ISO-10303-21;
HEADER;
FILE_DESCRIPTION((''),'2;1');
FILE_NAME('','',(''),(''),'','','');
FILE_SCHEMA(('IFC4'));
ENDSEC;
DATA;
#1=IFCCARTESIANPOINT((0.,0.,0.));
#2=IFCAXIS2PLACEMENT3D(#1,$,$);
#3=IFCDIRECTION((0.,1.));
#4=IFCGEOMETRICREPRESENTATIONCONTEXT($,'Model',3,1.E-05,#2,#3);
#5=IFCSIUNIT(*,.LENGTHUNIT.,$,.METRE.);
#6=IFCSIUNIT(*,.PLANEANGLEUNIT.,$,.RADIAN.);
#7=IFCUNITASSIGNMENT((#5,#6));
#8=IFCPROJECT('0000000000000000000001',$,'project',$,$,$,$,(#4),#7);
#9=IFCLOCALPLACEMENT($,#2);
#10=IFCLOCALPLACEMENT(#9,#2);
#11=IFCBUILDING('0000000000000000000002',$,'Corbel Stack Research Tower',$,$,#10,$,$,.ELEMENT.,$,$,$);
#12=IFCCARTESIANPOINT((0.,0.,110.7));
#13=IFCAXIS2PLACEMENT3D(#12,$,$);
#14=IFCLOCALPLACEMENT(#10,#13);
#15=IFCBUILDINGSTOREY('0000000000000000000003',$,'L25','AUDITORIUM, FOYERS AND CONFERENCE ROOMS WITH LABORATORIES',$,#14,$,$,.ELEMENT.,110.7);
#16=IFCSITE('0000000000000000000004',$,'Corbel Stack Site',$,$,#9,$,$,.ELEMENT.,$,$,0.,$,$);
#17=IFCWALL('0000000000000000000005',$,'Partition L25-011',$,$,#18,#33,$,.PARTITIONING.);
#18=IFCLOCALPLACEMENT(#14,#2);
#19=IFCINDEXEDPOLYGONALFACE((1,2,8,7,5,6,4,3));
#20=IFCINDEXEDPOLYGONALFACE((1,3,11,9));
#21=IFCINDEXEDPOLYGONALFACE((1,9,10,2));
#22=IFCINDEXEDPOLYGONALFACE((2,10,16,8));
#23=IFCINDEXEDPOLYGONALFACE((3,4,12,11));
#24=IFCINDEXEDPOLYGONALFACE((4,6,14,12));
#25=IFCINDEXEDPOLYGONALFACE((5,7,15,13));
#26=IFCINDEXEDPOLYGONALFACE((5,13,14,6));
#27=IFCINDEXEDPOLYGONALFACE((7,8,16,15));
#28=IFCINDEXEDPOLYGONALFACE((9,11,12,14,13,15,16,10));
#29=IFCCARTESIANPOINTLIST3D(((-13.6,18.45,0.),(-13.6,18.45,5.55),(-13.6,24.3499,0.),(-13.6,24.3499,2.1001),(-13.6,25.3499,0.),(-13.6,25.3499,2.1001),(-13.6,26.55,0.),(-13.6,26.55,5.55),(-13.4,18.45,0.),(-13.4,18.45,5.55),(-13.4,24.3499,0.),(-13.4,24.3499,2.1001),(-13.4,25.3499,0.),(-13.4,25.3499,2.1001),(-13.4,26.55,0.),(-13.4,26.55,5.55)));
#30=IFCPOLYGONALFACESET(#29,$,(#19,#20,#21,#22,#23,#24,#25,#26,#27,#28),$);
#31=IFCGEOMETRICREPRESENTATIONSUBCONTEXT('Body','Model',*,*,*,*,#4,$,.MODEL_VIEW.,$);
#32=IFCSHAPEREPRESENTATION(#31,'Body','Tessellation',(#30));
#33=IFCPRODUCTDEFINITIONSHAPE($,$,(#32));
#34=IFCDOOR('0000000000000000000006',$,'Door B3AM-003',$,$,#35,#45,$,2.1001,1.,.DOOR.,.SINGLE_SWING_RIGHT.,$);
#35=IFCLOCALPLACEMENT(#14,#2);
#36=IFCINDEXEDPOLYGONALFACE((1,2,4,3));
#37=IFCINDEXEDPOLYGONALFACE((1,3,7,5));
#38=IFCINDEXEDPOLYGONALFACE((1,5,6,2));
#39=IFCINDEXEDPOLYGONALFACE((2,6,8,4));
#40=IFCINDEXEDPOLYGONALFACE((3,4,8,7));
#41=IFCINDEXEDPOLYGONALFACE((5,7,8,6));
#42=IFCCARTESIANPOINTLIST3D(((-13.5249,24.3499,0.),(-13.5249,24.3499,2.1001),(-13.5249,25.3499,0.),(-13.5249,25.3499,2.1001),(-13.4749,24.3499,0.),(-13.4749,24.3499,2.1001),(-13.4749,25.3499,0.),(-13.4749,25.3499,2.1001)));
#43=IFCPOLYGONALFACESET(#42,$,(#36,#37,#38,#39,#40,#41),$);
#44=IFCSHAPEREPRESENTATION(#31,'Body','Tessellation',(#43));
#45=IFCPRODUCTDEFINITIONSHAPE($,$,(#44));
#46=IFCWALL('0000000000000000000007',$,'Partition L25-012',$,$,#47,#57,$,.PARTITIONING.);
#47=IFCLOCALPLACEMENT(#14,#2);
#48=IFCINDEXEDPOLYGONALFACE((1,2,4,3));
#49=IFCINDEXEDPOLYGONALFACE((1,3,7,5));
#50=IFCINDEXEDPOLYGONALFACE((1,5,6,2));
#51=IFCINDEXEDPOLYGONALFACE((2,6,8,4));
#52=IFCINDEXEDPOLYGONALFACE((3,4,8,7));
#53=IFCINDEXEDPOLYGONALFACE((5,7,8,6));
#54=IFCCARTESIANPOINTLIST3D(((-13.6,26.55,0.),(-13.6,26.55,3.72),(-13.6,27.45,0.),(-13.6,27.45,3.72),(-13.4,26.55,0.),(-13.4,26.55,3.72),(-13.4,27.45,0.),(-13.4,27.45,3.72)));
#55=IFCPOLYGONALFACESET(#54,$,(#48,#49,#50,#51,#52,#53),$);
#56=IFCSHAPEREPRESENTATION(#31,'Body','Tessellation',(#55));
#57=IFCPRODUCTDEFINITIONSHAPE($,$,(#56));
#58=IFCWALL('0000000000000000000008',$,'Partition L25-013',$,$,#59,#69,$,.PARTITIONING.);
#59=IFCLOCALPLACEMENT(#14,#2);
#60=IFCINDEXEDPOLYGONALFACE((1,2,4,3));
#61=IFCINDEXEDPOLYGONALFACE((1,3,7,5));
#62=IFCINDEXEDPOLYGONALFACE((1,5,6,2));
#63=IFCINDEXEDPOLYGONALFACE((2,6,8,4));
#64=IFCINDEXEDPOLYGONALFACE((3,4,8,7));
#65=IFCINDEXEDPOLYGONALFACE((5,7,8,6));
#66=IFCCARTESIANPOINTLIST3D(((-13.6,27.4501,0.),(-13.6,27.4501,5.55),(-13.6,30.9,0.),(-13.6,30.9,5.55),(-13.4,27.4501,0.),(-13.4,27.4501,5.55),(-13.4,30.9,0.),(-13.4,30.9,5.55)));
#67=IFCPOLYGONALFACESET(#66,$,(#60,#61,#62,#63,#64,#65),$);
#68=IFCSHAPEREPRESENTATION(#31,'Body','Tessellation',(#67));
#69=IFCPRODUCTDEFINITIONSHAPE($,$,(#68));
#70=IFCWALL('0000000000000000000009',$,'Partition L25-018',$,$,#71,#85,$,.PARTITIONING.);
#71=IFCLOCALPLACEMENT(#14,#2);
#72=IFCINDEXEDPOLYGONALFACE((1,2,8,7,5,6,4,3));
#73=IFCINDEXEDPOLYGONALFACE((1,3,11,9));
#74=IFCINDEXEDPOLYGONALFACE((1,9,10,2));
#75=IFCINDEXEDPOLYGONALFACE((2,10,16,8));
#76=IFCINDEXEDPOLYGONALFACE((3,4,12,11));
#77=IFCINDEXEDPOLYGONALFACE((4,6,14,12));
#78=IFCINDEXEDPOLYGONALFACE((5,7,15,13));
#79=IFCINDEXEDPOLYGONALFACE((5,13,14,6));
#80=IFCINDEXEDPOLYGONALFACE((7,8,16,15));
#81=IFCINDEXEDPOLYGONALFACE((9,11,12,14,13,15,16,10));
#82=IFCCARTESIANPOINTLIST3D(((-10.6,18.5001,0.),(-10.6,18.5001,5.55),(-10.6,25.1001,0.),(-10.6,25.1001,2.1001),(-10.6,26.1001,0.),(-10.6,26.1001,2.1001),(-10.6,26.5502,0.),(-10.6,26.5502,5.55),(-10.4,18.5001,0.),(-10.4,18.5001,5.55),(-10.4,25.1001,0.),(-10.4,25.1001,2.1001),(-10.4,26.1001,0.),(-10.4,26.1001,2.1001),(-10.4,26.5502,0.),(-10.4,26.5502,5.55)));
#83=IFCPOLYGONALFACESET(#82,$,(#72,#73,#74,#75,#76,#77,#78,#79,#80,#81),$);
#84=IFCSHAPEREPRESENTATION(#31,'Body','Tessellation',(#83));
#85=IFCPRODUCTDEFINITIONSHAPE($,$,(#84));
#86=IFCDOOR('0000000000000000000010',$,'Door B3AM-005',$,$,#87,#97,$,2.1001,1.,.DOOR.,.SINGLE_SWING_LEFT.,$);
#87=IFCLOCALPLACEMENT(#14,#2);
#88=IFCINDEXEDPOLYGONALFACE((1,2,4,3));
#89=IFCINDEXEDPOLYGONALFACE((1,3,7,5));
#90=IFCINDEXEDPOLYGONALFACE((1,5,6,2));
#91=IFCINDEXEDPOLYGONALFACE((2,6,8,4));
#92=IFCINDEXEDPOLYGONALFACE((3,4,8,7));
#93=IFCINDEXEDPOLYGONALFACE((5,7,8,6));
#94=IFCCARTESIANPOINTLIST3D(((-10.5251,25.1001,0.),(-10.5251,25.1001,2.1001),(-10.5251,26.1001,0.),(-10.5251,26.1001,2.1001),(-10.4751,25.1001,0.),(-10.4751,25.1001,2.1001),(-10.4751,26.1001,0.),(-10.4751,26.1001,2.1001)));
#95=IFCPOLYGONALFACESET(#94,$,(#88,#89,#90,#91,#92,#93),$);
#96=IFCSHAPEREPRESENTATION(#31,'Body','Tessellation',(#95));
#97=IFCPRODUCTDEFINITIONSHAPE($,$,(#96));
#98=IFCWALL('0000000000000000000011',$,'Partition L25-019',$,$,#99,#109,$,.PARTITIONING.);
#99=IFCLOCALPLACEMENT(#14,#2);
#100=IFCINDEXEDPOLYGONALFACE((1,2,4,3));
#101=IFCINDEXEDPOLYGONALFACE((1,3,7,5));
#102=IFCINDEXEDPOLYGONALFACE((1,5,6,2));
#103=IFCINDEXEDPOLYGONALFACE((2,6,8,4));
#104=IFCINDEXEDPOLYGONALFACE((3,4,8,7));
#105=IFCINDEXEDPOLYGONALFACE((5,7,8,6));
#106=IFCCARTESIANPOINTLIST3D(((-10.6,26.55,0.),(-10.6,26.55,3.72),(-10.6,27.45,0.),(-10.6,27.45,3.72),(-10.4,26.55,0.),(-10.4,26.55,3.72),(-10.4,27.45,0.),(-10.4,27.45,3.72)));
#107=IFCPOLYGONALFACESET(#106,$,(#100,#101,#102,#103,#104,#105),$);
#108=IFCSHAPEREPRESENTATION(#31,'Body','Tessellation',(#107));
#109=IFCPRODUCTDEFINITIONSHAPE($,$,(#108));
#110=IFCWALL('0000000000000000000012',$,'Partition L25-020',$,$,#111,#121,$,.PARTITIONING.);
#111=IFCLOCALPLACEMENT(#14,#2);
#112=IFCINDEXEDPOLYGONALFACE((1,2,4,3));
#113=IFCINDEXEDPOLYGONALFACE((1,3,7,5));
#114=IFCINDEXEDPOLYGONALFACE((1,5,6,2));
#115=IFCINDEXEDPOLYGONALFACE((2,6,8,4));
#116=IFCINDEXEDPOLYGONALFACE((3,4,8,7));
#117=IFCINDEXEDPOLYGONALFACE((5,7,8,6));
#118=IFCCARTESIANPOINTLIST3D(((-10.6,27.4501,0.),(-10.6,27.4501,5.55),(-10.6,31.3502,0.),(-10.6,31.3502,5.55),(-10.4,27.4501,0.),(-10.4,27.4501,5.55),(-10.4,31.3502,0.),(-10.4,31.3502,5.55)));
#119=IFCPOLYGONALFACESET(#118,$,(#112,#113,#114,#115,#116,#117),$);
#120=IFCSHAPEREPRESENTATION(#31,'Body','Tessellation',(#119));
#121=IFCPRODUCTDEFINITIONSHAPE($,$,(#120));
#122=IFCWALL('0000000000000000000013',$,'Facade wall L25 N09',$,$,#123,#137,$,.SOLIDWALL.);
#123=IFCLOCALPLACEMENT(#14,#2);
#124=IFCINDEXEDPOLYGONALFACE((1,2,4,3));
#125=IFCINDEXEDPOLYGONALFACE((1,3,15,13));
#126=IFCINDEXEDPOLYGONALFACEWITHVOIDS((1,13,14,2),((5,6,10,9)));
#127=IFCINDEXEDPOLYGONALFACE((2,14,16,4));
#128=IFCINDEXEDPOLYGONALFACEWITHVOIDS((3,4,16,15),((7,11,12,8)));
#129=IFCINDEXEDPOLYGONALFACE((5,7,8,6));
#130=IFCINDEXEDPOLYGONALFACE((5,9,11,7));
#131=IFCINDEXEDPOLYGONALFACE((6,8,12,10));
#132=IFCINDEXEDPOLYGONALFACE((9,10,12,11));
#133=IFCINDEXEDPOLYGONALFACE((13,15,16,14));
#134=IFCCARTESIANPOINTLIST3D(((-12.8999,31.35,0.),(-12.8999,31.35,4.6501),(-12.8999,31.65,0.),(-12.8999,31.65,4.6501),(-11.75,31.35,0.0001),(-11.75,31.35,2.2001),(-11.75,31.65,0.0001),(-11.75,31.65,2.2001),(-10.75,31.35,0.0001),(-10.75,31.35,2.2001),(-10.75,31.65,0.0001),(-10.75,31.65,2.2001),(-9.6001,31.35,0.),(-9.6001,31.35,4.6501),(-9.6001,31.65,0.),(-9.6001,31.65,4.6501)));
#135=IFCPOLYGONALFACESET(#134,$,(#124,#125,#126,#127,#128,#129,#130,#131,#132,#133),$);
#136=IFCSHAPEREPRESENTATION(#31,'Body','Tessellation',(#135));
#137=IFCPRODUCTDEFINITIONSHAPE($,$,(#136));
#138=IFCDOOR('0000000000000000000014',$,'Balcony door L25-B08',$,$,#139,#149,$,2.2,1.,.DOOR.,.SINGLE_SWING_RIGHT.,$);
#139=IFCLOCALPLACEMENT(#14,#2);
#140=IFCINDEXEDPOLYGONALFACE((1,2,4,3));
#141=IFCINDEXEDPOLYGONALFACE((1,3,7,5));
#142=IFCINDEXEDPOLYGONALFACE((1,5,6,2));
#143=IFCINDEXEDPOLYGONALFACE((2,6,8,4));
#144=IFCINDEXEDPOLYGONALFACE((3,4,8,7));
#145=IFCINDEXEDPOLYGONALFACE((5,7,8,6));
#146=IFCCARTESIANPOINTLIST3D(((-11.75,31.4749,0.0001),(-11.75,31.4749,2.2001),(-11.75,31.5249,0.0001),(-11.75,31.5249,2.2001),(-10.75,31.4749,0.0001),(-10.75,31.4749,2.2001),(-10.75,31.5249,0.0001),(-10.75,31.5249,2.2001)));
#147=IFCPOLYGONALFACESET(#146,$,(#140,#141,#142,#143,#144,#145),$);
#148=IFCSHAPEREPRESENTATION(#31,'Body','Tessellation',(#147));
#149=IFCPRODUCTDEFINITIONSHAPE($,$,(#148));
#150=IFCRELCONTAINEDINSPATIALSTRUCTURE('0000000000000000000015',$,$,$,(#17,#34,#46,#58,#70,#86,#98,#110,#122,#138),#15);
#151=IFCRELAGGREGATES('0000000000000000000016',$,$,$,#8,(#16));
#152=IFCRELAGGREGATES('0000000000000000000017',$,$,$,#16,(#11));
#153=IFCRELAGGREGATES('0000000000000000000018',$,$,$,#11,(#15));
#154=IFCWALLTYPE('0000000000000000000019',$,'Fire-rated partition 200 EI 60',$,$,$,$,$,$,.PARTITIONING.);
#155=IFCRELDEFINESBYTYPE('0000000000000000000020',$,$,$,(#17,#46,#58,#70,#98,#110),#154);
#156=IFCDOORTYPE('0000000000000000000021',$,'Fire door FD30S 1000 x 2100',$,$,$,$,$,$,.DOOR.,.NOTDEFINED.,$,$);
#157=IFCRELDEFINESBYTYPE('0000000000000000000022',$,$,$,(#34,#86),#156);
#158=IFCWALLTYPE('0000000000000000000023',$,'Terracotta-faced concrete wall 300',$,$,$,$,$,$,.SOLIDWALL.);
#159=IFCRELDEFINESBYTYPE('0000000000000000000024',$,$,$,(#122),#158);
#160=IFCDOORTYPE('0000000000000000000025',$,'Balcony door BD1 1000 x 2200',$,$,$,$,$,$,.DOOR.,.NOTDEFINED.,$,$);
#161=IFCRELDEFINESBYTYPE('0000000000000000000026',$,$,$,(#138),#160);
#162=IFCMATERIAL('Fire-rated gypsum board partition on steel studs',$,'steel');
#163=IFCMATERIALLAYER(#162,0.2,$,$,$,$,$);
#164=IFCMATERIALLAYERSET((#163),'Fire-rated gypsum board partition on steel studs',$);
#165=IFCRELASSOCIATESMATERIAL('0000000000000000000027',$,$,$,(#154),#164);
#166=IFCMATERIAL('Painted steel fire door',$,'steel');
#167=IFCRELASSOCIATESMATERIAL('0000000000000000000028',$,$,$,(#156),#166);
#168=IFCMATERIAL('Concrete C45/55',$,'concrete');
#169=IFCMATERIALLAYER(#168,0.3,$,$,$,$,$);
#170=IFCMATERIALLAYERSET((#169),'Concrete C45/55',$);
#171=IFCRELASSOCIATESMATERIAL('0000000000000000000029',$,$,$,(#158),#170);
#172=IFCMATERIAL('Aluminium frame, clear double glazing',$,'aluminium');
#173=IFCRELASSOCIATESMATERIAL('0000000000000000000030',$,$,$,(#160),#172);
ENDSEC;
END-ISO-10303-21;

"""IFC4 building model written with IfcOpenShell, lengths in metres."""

from ifc_helpers import new_model, si_unit, direction, frame, frame_2d, origin, place, context, subcontext, project, spatial, rectangle, extrude, material, layer, layer_set, type_object, element, fill, save


model = new_model("IFC4")

# Units and contexts
model_context = context("Model", 3, precision=1e-05, world=origin(), true_north=direction((0.0, 1.0)))
body_context = subcontext(model_context, "Body", "Model", "MODEL_VIEW")
ifc_project = project(units=[si_unit("LENGTHUNIT", "METRE"), si_unit("PLANEANGLEUNIT", "RADIAN")], contexts=[model_context])

# Site, building, storey
site_placement = place(None, origin())
site = spatial("IfcSite", under=ifc_project, at=site_placement, Name="Corbel Stack Site", CompositionType="ELEMENT", RefElevation=0.0)
building_placement = place(site_placement, origin())
building = spatial("IfcBuilding", under=site, at=building_placement, Name="Corbel Stack Research Tower", CompositionType="ELEMENT")
storey_placement = place(building_placement, frame((0.0, 0.0, 110.7)))
storey = spatial("IfcBuildingStorey", under=building, at=storey_placement, Name="L25", Description="AUDITORIUM, FOYERS AND CONFERENCE ROOMS WITH LABORATORIES", CompositionType="ELEMENT", Elevation=110.7)

# Shared definitions
ifc_material_1 = material(Name="Fire-rated gypsum board partition on steel studs", Category="steel")
ifc_layer_1 = layer(ifc_material_1, 0.2)
ifc_layer_set_1 = layer_set([ifc_layer_1], Name="Fire-rated gypsum board partition on steel studs")
wall_type_1 = type_object("IfcWallType", Name="Fire-rated partition 200 EI 60", PredefinedType="PARTITIONING", material=ifc_layer_set_1)

# Wall, opening, door
wall_1_placement = place(storey_placement, frame((-13.5, 18.45, 0.0), z_axis=(0.0, 0.0, 1.0), x_axis=(0.0, 1.0, 0.0)))
wall_1 = element("IfcWall", 1, at=wall_1_placement, inside=storey, type_object=wall_type_1, Name="Partition L25-011", PredefinedType="PARTITIONING", context=body_context, shape_type="SweptSolid", body=[
    extrude(rectangle(XDim=8.1001, YDim=0.2, at=frame_2d((4.05, 0.0))), origin(), (0.0, 0.0, 1.0), 5.55),
])
opening_1_placement = place(wall_1_placement, frame((5.8999, 0.0, 0.0)))
opening_1 = element("IfcOpeningElement", 2, at=opening_1_placement, cuts=wall_1, PredefinedType="OPENING", context=body_context, shape_type="SweptSolid", body=[
    extrude(rectangle(XDim=1.0, YDim=2.1001, at=frame_2d((0.5, 1.05))), frame((0.0, 0.1099, 0.0), z_axis=(0.0, -1.0, 0.0), x_axis=(1.0, 0.0, 0.0)), (0.0, 0.0, 1.0), 0.22),
])
ifc_material_2 = material(Name="Painted steel fire door", Category="steel")
door_type_1 = type_object("IfcDoorType", Name="Fire door FD30S 1000 x 2100", OperationType="NOTDEFINED", PredefinedType="DOOR", material=ifc_material_2)
door_1_placement = place(opening_1_placement, origin())
door_1 = element("IfcDoor", 3, at=door_1_placement, inside=storey, type_object=door_type_1, Name="Door B3AM-003", OperationType="SINGLE_SWING_RIGHT", OverallHeight=2.1001, OverallWidth=1.0, PredefinedType="DOOR", context=body_context, shape_type="SweptSolid", body=[
    extrude(rectangle(XDim=1.0, YDim=2.1001, at=frame_2d((0.5, 1.05))), frame((0.0, 0.0249, 0.0), z_axis=(0.0, -1.0, 0.0), x_axis=(1.0, 0.0, 0.0)), (0.0, 0.0, 1.0), 0.05),
])
fill(opening_1, door_1)

# Walls
wall_2_placement = place(storey_placement, frame((-13.5, 26.55, 0.0), z_axis=(0.0, 0.0, 1.0), x_axis=(0.0, 1.0, 0.0)))
element("IfcWall", 4, at=wall_2_placement, inside=storey, type_object=wall_type_1, Name="Partition L25-012", PredefinedType="PARTITIONING", context=body_context, shape_type="SweptSolid", body=[
    extrude(rectangle(XDim=0.8999, YDim=0.2, at=frame_2d((0.45, 0.0))), origin(), (0.0, 0.0, 1.0), 3.72),
])
wall_3_placement = place(storey_placement, frame((-13.5, 27.45, 0.0), z_axis=(0.0, 0.0, 1.0), x_axis=(0.0, 1.0, 0.0)))
element("IfcWall", 5, at=wall_3_placement, inside=storey, type_object=wall_type_1, Name="Partition L25-013", PredefinedType="PARTITIONING", context=body_context, shape_type="SweptSolid", body=[
    extrude(rectangle(XDim=3.45, YDim=0.2, at=frame_2d((1.7251, 0.0))), origin(), (0.0, 0.0, 1.0), 5.55),
])

# Wall, opening, door
wall_4_placement = place(storey_placement, frame((-10.5, 26.55, 0.0), z_axis=(0.0, 0.0, 1.0), x_axis=(0.0, -1.0, 0.0)))
wall_4 = element("IfcWall", 6, at=wall_4_placement, inside=storey, type_object=wall_type_1, Name="Partition L25-018", PredefinedType="PARTITIONING", context=body_context, shape_type="SweptSolid", body=[
    extrude(rectangle(XDim=8.05, YDim=0.2, at=frame_2d((4.0249, 0.0))), origin(), (0.0, 0.0, 1.0), 5.55),
])
opening_2_placement = place(wall_4_placement, frame((0.45, 0.0, 0.0)))
opening_2 = element("IfcOpeningElement", 7, at=opening_2_placement, cuts=wall_4, PredefinedType="OPENING", context=body_context, shape_type="SweptSolid", body=[
    extrude(rectangle(XDim=1.0, YDim=2.1001, at=frame_2d((0.5, 1.05))), frame((0.0, 0.1099, 0.0), z_axis=(0.0, -1.0, 0.0), x_axis=(1.0, 0.0, 0.0)), (0.0, 0.0, 1.0), 0.22),
])
door_2_placement = place(opening_2_placement, origin())
door_2 = element("IfcDoor", 8, at=door_2_placement, inside=storey, type_object=door_type_1, Name="Door B3AM-005", OperationType="SINGLE_SWING_LEFT", OverallHeight=2.1001, OverallWidth=1.0, PredefinedType="DOOR", context=body_context, shape_type="SweptSolid", body=[
    extrude(rectangle(XDim=1.0, YDim=2.1001, at=frame_2d((0.5, 1.05))), frame((0.0, 0.0249, 0.0), z_axis=(0.0, -1.0, 0.0), x_axis=(1.0, 0.0, 0.0)), (0.0, 0.0, 1.0), 0.05),
])
fill(opening_2, door_2)

# Walls
wall_5_placement = place(storey_placement, frame((-10.5, 26.55, 0.0), z_axis=(0.0, 0.0, 1.0), x_axis=(0.0, 1.0, 0.0)))
element("IfcWall", 9, at=wall_5_placement, inside=storey, type_object=wall_type_1, Name="Partition L25-019", PredefinedType="PARTITIONING", context=body_context, shape_type="SweptSolid", body=[
    extrude(rectangle(XDim=0.8999, YDim=0.2, at=frame_2d((0.45, 0.0))), origin(), (0.0, 0.0, 1.0), 3.72),
])
wall_6_placement = place(storey_placement, frame((-10.5, 27.45, 0.0), z_axis=(0.0, 0.0, 1.0), x_axis=(0.0, 1.0, 0.0)))
element("IfcWall", 10, at=wall_6_placement, inside=storey, type_object=wall_type_1, Name="Partition L25-020", PredefinedType="PARTITIONING", context=body_context, shape_type="SweptSolid", body=[
    extrude(rectangle(XDim=3.9001, YDim=0.2, at=frame_2d((1.9502, 0.0))), origin(), (0.0, 0.0, 1.0), 5.55),
])

# Wall, opening, door
ifc_material_3 = material(Name="Concrete C45/55", Category="concrete")
ifc_layer_2 = layer(ifc_material_3, 0.3)
ifc_layer_set_2 = layer_set([ifc_layer_2], Name="Concrete C45/55")
wall_type_2 = type_object("IfcWallType", Name="Terracotta-faced concrete wall 300", PredefinedType="SOLIDWALL", material=ifc_layer_set_2)
wall_7_placement = place(storey_placement, frame((-12.8999, 31.5, 0.0), z_axis=(0.0, 0.0, 1.0), x_axis=(1.0, 0.0, 0.0)))
wall_7 = element("IfcWall", 11, at=wall_7_placement, inside=storey, type_object=wall_type_2, Name="Facade wall L25 N09", PredefinedType="SOLIDWALL", context=body_context, shape_type="SweptSolid", body=[
    extrude(rectangle(XDim=3.2998, YDim=0.3, at=frame_2d((1.6499, 0.0))), origin(), (0.0, 0.0, 1.0), 4.6501),
])
opening_3_placement = place(wall_7_placement, frame((1.1499, 0.0, 0.0)))
opening_3 = element("IfcOpeningElement", 12, at=opening_3_placement, cuts=wall_7, PredefinedType="OPENING", context=body_context, shape_type="SweptSolid", body=[
    extrude(rectangle(XDim=1.0, YDim=2.2, at=frame_2d((0.5, 1.1001))), frame((0.0, 0.1599, 0.0), z_axis=(0.0, -1.0, 0.0), x_axis=(1.0, 0.0, 0.0)), (0.0, 0.0, 1.0), 0.3201),
])
ifc_material_4 = material(Name="Aluminium frame, clear double glazing", Category="aluminium")
door_type_2 = type_object("IfcDoorType", Name="Balcony door BD1 1000 x 2200", OperationType="NOTDEFINED", PredefinedType="DOOR", material=ifc_material_4)
door_3_placement = place(opening_3_placement, origin())
door_3 = element("IfcDoor", 13, at=door_3_placement, inside=storey, type_object=door_type_2, Name="Balcony door L25-B08", OperationType="SINGLE_SWING_RIGHT", OverallHeight=2.2, OverallWidth=1.0, PredefinedType="DOOR", context=body_context, shape_type="SweptSolid", body=[
    extrude(rectangle(XDim=1.0, YDim=2.2, at=frame_2d((0.5, 1.1001))), frame((0.0, 0.0249, 0.0), z_axis=(0.0, -1.0, 0.0), x_axis=(1.0, 0.0, 0.0)), (0.0, 0.0, 1.0), 0.05),
])
fill(opening_3, door_3)

save(model, "model.ifc")
